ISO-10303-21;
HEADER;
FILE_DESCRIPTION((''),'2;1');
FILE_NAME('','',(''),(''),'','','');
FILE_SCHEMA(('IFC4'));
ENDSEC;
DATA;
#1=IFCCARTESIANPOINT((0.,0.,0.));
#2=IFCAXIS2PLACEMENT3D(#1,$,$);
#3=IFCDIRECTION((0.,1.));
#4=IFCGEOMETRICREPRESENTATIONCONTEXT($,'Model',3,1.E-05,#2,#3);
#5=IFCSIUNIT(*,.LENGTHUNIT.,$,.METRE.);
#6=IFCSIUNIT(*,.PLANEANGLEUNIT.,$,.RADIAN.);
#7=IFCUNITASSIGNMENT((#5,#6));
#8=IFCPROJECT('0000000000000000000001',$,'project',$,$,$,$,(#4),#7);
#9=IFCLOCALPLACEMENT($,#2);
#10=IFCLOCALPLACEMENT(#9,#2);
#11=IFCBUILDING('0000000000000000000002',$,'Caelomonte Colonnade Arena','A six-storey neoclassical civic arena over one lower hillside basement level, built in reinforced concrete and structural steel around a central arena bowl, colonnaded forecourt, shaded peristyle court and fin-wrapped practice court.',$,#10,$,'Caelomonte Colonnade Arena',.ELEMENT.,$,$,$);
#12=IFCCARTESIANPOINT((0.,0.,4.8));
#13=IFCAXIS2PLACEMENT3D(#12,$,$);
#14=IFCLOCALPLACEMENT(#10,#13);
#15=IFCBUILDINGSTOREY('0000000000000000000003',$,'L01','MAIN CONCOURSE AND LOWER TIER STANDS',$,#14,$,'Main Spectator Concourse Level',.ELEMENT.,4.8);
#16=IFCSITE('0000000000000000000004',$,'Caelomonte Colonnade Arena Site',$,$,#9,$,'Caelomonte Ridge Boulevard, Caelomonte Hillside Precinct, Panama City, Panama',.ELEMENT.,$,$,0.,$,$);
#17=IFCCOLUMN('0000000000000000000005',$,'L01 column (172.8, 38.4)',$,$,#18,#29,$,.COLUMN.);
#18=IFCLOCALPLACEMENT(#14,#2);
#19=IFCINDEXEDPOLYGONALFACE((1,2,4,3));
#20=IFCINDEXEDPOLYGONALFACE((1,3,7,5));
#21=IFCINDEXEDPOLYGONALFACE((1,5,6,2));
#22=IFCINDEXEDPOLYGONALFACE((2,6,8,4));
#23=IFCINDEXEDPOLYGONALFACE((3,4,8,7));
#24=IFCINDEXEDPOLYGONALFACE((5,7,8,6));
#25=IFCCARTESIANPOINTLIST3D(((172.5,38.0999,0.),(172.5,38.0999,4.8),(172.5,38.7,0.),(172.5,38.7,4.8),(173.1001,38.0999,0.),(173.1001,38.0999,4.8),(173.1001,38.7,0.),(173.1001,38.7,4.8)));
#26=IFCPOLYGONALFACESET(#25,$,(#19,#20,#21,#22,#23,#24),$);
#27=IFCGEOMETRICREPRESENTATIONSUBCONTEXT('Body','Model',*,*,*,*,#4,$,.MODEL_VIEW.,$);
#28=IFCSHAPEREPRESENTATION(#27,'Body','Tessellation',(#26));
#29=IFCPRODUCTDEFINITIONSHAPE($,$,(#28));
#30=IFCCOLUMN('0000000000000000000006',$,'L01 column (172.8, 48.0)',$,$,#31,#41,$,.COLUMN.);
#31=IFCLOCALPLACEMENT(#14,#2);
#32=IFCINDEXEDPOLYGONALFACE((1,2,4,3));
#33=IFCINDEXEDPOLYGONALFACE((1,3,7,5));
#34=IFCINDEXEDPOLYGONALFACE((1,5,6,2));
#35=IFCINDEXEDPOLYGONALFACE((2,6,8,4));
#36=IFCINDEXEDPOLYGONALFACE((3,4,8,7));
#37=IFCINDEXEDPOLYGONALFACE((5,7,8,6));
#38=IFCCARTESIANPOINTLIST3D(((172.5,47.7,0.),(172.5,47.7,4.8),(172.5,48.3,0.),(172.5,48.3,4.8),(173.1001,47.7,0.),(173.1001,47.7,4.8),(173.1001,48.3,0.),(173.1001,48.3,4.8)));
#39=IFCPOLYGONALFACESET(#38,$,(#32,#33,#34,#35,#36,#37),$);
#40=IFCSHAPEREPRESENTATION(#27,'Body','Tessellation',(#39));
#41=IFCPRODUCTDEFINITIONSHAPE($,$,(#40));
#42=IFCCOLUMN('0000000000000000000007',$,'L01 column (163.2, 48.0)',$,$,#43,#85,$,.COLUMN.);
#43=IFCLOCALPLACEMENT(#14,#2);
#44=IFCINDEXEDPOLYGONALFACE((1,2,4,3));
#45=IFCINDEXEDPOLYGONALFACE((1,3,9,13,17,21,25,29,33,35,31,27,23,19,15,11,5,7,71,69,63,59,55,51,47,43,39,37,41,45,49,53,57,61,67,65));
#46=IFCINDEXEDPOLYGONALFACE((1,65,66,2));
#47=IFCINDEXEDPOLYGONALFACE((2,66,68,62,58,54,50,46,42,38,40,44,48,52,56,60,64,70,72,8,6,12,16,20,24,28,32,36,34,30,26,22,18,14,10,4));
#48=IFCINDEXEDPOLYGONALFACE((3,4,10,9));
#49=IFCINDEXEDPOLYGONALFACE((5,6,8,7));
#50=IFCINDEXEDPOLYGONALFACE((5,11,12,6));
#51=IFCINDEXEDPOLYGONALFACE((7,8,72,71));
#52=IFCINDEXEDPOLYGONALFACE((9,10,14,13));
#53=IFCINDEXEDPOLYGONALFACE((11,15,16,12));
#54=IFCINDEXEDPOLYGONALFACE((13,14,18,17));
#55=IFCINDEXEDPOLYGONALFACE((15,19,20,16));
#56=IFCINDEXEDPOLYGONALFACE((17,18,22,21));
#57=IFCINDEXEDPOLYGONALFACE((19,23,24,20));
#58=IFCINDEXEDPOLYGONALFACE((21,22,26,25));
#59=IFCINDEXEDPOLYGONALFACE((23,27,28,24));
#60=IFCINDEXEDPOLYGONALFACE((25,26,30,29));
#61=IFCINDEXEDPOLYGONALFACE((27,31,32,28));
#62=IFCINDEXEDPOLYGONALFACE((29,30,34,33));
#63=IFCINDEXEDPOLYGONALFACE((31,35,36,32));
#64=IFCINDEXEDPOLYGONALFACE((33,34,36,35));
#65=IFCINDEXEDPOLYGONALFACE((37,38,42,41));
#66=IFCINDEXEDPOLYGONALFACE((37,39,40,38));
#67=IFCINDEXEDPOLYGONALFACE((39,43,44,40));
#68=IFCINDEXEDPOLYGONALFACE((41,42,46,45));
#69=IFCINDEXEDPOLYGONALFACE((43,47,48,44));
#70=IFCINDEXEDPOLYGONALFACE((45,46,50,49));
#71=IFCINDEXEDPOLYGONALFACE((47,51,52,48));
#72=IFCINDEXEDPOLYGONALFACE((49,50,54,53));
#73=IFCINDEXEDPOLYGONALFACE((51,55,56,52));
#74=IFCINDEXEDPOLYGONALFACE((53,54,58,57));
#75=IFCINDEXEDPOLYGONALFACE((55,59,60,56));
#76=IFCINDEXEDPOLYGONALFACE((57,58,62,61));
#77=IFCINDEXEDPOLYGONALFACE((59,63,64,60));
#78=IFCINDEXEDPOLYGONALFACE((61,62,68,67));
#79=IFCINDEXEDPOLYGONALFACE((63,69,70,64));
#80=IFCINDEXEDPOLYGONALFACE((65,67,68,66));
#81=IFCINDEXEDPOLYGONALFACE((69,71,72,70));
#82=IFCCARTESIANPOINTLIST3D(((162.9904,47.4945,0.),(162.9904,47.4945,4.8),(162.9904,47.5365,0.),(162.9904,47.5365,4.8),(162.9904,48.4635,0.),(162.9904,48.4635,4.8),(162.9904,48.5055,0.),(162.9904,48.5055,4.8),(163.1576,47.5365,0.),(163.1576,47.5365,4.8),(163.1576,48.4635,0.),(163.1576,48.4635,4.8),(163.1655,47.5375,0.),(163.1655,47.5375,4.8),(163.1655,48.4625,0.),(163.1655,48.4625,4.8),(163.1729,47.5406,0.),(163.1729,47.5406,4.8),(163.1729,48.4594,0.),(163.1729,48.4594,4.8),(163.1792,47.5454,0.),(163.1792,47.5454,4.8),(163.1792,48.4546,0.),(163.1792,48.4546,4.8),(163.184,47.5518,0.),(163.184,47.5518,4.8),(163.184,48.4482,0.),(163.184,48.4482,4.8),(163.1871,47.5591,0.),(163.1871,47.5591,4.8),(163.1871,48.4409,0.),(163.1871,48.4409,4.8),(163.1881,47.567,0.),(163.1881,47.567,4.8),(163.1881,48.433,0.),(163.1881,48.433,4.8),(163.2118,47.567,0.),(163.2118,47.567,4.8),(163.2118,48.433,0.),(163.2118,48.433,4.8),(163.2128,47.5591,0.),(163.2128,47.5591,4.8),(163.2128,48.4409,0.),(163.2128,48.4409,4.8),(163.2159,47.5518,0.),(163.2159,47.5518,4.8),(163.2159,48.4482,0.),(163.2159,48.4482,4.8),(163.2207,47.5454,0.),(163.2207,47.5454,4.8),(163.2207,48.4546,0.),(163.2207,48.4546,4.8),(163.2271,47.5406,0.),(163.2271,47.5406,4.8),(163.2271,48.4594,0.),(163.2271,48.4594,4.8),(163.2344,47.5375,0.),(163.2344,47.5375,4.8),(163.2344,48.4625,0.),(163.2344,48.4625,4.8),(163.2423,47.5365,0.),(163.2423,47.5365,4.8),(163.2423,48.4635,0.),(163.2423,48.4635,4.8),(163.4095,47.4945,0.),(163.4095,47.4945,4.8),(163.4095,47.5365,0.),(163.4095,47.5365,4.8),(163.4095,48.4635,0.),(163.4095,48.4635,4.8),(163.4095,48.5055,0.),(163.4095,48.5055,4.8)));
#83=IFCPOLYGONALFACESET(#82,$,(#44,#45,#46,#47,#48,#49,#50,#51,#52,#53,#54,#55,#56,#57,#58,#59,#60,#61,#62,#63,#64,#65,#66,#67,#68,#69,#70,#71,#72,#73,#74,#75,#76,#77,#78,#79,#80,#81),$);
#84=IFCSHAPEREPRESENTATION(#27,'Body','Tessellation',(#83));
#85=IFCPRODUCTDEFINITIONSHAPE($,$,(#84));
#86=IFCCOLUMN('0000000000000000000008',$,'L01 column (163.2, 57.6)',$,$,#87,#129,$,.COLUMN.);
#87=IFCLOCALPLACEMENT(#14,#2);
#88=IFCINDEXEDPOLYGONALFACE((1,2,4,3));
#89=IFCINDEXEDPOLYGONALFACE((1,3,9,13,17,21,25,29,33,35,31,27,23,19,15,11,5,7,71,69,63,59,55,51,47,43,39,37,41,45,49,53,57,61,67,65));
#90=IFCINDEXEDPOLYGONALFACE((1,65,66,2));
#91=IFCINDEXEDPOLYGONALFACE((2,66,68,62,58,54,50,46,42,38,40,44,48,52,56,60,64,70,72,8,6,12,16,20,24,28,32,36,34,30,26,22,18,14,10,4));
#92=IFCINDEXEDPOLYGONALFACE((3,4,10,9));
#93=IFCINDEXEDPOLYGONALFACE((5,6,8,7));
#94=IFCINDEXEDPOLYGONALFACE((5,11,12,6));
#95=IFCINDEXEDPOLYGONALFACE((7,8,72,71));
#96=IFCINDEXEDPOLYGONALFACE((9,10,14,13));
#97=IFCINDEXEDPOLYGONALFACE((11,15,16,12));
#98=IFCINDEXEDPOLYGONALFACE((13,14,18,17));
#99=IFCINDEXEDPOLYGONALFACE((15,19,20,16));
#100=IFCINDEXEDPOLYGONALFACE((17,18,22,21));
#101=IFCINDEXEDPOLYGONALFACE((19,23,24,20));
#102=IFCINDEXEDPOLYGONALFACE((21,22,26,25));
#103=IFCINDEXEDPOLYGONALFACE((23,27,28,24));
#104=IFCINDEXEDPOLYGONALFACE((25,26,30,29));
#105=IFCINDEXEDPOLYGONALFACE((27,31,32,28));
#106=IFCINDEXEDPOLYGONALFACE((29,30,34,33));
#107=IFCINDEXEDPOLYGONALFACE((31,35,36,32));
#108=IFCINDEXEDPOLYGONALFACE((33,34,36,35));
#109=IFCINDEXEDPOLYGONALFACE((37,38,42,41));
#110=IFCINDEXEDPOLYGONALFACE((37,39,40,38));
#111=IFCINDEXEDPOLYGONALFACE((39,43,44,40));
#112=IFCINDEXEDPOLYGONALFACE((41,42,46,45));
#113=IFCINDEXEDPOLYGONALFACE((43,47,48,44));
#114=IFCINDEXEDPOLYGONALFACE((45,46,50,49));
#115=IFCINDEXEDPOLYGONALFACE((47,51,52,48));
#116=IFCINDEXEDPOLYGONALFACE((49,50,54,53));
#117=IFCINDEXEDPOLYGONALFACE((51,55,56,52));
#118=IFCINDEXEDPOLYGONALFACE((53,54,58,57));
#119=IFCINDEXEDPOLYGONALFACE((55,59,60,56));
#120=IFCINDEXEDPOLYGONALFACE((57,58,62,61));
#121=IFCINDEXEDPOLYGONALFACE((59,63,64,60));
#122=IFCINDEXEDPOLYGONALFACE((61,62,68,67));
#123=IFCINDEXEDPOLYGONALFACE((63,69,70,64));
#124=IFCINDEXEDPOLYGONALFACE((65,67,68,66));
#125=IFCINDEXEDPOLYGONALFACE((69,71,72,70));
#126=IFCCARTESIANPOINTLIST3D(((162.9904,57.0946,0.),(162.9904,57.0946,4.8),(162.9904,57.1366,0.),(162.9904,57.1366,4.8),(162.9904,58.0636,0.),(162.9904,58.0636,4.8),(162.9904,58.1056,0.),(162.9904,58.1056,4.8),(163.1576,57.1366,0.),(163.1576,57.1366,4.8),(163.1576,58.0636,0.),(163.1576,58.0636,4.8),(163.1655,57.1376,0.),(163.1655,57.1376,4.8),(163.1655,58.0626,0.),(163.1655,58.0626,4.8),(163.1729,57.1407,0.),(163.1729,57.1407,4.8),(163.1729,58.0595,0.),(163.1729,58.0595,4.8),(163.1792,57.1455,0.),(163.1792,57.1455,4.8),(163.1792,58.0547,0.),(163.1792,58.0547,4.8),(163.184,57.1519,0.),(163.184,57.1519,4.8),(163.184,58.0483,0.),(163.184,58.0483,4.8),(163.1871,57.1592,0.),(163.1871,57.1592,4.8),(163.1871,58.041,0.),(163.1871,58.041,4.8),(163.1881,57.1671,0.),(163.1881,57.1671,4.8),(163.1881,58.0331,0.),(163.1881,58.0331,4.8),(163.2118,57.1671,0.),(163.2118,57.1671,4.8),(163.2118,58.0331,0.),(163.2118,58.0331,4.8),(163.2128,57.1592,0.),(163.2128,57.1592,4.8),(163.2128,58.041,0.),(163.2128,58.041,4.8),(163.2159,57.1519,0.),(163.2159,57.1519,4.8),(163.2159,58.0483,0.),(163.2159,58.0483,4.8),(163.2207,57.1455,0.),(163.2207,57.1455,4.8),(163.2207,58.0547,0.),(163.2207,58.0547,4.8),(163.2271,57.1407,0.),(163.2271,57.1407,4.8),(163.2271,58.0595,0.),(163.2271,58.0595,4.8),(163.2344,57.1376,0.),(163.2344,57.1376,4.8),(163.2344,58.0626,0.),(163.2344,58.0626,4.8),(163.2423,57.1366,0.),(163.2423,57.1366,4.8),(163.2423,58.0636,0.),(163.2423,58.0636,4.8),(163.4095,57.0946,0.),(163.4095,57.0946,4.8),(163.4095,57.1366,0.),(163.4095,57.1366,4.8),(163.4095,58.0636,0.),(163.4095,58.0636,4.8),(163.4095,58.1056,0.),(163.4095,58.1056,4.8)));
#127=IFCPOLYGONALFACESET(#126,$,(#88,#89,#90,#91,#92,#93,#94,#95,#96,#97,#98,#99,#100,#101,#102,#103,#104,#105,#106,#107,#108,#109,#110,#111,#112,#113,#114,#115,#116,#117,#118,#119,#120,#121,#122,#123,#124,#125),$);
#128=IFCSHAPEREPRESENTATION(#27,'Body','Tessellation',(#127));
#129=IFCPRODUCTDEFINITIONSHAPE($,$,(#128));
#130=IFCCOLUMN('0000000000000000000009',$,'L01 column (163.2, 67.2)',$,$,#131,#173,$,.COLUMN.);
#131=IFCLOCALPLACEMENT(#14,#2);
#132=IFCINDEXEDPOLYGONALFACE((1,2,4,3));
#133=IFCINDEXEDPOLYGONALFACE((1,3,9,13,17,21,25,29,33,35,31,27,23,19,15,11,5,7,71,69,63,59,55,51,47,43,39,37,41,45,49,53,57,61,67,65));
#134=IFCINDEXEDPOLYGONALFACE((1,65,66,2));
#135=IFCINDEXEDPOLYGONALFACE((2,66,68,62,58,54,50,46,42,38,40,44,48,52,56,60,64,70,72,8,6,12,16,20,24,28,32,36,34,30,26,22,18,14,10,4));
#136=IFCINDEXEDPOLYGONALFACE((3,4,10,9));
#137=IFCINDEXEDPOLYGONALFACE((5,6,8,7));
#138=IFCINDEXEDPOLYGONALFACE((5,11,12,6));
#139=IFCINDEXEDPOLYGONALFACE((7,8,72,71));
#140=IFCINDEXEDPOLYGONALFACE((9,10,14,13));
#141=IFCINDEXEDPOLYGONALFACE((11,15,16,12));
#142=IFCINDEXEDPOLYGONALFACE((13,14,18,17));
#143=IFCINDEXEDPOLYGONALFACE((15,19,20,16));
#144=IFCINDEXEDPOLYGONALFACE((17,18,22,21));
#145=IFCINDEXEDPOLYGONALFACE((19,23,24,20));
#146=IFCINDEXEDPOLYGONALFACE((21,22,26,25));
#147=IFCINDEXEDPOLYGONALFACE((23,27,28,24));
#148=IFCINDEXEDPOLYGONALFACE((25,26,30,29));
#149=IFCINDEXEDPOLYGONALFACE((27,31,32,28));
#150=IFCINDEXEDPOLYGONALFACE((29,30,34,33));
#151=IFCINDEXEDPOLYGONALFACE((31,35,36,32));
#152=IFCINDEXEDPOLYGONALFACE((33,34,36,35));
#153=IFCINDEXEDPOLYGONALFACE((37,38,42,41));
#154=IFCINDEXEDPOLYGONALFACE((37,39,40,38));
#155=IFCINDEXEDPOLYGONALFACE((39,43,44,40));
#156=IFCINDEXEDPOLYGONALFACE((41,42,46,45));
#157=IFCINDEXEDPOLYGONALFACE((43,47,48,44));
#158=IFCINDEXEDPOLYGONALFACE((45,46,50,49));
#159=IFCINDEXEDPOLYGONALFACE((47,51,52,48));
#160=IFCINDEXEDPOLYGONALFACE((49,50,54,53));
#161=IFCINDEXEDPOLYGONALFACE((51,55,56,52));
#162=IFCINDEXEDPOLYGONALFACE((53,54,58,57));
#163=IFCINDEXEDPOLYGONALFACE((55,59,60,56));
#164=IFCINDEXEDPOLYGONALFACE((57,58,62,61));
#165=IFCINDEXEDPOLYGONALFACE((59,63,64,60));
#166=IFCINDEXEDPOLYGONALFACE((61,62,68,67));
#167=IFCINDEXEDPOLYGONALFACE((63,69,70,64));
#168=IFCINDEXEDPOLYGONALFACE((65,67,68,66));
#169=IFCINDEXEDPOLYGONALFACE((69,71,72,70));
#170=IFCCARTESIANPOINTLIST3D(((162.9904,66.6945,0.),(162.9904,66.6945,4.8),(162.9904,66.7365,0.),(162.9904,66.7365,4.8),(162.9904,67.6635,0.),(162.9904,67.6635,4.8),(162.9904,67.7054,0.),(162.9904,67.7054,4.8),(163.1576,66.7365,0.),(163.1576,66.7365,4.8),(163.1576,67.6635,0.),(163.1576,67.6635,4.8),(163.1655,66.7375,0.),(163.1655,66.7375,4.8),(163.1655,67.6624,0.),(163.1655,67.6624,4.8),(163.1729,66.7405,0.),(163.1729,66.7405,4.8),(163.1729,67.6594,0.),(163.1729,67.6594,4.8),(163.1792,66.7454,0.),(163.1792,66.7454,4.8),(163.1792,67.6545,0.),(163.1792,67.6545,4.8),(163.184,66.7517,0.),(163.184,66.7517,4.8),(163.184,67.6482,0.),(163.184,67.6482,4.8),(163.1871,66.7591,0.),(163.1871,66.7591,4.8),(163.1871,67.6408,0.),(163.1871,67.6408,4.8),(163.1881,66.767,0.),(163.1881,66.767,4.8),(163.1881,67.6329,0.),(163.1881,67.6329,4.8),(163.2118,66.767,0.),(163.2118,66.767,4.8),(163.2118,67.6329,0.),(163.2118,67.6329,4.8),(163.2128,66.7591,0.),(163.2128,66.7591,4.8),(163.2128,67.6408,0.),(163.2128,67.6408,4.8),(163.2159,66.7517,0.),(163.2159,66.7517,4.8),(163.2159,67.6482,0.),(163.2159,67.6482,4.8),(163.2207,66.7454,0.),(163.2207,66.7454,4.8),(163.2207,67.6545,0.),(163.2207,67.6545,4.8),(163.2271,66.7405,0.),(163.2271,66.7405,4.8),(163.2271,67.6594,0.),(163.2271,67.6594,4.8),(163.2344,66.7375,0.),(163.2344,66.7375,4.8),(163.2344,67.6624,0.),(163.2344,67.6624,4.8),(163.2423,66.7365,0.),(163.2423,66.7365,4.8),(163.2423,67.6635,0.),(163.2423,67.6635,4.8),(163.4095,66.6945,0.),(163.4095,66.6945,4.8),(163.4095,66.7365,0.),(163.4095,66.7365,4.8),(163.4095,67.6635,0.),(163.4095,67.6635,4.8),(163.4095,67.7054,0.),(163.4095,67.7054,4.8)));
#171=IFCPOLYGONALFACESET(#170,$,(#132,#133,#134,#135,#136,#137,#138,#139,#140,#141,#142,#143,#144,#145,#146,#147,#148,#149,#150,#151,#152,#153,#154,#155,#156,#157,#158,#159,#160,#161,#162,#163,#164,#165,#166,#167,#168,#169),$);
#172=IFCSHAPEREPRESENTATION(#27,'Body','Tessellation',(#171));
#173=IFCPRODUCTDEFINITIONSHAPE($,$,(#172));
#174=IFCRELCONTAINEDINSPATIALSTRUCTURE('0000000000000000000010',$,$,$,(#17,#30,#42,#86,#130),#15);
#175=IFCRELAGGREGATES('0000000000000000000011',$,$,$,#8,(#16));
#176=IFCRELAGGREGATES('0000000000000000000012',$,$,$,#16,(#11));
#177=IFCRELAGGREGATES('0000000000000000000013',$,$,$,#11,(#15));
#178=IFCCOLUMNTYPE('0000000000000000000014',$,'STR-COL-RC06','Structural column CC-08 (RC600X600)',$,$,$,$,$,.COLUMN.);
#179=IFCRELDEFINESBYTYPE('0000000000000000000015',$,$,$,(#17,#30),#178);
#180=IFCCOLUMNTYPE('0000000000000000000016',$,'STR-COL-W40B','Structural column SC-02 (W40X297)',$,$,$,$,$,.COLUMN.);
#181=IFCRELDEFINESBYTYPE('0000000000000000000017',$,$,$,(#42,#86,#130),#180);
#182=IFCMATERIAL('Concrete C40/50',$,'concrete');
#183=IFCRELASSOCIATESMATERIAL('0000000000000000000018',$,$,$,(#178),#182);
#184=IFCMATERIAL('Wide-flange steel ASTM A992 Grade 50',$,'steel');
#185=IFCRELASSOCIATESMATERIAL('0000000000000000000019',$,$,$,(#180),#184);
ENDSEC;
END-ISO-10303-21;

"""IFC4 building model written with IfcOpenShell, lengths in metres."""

from ifc_helpers import new_model, si_unit, direction, frame, origin, origin_2d, place, context, subcontext, project, spatial, rectangle, i_section, extrude, material, material_profile, profile_set, type_object, element, save


model = new_model("IFC4")

# Units and contexts
model_context = context("Model", 3, precision=1e-05, world=origin(), true_north=direction((0.0, 1.0)))
body_context = subcontext(model_context, "Body", "Model", "MODEL_VIEW")
ifc_project = project(units=[si_unit("LENGTHUNIT", "METRE"), si_unit("PLANEANGLEUNIT", "RADIAN")], contexts=[model_context])

# Site, building, storey
site_placement = place(None, origin())
site = spatial("IfcSite", under=ifc_project, at=site_placement, Name="Caelomonte Colonnade Arena Site", LongName="Caelomonte Ridge Boulevard, Caelomonte Hillside Precinct, Panama City, Panama", CompositionType="ELEMENT", RefElevation=0.0)
building_placement = place(site_placement, origin())
building = spatial("IfcBuilding", under=site, at=building_placement, Name="Caelomonte Colonnade Arena", Description="A six-storey neoclassical civic arena over one lower hillside basement level, built in reinforced concrete and structural steel around a central arena bowl, colonnaded forecourt, shaded peristyle court and fin-wrapped practice court.", LongName="Caelomonte Colonnade Arena", CompositionType="ELEMENT")
storey_placement = place(building_placement, frame((0.0, 0.0, 4.8)))
storey = spatial("IfcBuildingStorey", under=building, at=storey_placement, Name="L01", Description="MAIN CONCOURSE AND LOWER TIER STANDS", LongName="Main Spectator Concourse Level", CompositionType="ELEMENT", Elevation=4.8)

# Columns
ifc_material_1 = material(Name="Concrete C40/50", Category="concrete")
ifc_material_profile_1 = material_profile(ifc_material_1, rectangle(XDim=0.6001, YDim=0.6001, at=origin_2d()), Name="RC600X600")
ifc_profile_set_1 = profile_set([ifc_material_profile_1], Name="Concrete C40/50")
column_type_1 = type_object("IfcColumnType", Name="STR-COL-RC06", Description="Structural column CC-08 (RC600X600)", PredefinedType="COLUMN", material=ifc_profile_set_1)
for number, where, z_axis, x_axis, name in (
    (1, (172.8, 38.3999, 0.0), (0.0, 0.0, 1.0), (1.0, 0.0, 0.0), "L01 column (172.8, 38.4)"),
    (2, (172.8, 48.0, 0.0), (0.0, 0.0, 1.0), (1.0, 0.0, 0.0), "L01 column (172.8, 48.0)"),
):
    element("IfcColumn", number, at=place(storey_placement, frame(where, z_axis=z_axis, x_axis=x_axis)), inside=storey, type_object=column_type_1, Name=name, PredefinedType="COLUMN", context=body_context, shape_type="SweptSolid", body=[
        extrude(rectangle(XDim=0.6001, YDim=0.6001, at=origin_2d()), origin(), (0.0, 0.0, 1.0), 4.8),
    ])
ifc_material_2 = material(Name="Wide-flange steel ASTM A992 Grade 50", Category="steel")
ifc_material_profile_2 = material_profile(ifc_material_2, i_section(OverallWidth=0.4192, OverallDepth=1.011, WebThickness=0.0237, FlangeThickness=0.042, FilletRadius=0.0305, at=origin_2d()), Name="W40X297")
ifc_profile_set_2 = profile_set([ifc_material_profile_2], Name="Wide-flange steel ASTM A992 Grade 50")
column_type_2 = type_object("IfcColumnType", Name="STR-COL-W40B", Description="Structural column SC-02 (W40X297)", PredefinedType="COLUMN", material=ifc_profile_set_2)
for number, where, z_axis, x_axis, name in (
    (3, (163.2, 48.0, 0.0), (0.0, 0.0, 1.0), (1.0, 0.0, 0.0), "L01 column (163.2, 48.0)"),
    (4, (163.2, 57.6001, 0.0), (0.0, 0.0, 1.0), (1.0, 0.0, 0.0), "L01 column (163.2, 57.6)"),
    (5, (163.2, 67.2, 0.0), (0.0, 0.0, 1.0), (1.0, 0.0, 0.0), "L01 column (163.2, 67.2)"),
):
    element("IfcColumn", number, at=place(storey_placement, frame(where, z_axis=z_axis, x_axis=x_axis)), inside=storey, type_object=column_type_2, Name=name, PredefinedType="COLUMN", context=body_context, shape_type="SweptSolid", body=[
        extrude(i_section(OverallWidth=0.4192, OverallDepth=1.011, WebThickness=0.0237, FlangeThickness=0.042, FilletRadius=0.0305, at=origin_2d()), origin(), (0.0, 0.0, 1.0), 4.8),
    ])

save(model, "model.ifc")
